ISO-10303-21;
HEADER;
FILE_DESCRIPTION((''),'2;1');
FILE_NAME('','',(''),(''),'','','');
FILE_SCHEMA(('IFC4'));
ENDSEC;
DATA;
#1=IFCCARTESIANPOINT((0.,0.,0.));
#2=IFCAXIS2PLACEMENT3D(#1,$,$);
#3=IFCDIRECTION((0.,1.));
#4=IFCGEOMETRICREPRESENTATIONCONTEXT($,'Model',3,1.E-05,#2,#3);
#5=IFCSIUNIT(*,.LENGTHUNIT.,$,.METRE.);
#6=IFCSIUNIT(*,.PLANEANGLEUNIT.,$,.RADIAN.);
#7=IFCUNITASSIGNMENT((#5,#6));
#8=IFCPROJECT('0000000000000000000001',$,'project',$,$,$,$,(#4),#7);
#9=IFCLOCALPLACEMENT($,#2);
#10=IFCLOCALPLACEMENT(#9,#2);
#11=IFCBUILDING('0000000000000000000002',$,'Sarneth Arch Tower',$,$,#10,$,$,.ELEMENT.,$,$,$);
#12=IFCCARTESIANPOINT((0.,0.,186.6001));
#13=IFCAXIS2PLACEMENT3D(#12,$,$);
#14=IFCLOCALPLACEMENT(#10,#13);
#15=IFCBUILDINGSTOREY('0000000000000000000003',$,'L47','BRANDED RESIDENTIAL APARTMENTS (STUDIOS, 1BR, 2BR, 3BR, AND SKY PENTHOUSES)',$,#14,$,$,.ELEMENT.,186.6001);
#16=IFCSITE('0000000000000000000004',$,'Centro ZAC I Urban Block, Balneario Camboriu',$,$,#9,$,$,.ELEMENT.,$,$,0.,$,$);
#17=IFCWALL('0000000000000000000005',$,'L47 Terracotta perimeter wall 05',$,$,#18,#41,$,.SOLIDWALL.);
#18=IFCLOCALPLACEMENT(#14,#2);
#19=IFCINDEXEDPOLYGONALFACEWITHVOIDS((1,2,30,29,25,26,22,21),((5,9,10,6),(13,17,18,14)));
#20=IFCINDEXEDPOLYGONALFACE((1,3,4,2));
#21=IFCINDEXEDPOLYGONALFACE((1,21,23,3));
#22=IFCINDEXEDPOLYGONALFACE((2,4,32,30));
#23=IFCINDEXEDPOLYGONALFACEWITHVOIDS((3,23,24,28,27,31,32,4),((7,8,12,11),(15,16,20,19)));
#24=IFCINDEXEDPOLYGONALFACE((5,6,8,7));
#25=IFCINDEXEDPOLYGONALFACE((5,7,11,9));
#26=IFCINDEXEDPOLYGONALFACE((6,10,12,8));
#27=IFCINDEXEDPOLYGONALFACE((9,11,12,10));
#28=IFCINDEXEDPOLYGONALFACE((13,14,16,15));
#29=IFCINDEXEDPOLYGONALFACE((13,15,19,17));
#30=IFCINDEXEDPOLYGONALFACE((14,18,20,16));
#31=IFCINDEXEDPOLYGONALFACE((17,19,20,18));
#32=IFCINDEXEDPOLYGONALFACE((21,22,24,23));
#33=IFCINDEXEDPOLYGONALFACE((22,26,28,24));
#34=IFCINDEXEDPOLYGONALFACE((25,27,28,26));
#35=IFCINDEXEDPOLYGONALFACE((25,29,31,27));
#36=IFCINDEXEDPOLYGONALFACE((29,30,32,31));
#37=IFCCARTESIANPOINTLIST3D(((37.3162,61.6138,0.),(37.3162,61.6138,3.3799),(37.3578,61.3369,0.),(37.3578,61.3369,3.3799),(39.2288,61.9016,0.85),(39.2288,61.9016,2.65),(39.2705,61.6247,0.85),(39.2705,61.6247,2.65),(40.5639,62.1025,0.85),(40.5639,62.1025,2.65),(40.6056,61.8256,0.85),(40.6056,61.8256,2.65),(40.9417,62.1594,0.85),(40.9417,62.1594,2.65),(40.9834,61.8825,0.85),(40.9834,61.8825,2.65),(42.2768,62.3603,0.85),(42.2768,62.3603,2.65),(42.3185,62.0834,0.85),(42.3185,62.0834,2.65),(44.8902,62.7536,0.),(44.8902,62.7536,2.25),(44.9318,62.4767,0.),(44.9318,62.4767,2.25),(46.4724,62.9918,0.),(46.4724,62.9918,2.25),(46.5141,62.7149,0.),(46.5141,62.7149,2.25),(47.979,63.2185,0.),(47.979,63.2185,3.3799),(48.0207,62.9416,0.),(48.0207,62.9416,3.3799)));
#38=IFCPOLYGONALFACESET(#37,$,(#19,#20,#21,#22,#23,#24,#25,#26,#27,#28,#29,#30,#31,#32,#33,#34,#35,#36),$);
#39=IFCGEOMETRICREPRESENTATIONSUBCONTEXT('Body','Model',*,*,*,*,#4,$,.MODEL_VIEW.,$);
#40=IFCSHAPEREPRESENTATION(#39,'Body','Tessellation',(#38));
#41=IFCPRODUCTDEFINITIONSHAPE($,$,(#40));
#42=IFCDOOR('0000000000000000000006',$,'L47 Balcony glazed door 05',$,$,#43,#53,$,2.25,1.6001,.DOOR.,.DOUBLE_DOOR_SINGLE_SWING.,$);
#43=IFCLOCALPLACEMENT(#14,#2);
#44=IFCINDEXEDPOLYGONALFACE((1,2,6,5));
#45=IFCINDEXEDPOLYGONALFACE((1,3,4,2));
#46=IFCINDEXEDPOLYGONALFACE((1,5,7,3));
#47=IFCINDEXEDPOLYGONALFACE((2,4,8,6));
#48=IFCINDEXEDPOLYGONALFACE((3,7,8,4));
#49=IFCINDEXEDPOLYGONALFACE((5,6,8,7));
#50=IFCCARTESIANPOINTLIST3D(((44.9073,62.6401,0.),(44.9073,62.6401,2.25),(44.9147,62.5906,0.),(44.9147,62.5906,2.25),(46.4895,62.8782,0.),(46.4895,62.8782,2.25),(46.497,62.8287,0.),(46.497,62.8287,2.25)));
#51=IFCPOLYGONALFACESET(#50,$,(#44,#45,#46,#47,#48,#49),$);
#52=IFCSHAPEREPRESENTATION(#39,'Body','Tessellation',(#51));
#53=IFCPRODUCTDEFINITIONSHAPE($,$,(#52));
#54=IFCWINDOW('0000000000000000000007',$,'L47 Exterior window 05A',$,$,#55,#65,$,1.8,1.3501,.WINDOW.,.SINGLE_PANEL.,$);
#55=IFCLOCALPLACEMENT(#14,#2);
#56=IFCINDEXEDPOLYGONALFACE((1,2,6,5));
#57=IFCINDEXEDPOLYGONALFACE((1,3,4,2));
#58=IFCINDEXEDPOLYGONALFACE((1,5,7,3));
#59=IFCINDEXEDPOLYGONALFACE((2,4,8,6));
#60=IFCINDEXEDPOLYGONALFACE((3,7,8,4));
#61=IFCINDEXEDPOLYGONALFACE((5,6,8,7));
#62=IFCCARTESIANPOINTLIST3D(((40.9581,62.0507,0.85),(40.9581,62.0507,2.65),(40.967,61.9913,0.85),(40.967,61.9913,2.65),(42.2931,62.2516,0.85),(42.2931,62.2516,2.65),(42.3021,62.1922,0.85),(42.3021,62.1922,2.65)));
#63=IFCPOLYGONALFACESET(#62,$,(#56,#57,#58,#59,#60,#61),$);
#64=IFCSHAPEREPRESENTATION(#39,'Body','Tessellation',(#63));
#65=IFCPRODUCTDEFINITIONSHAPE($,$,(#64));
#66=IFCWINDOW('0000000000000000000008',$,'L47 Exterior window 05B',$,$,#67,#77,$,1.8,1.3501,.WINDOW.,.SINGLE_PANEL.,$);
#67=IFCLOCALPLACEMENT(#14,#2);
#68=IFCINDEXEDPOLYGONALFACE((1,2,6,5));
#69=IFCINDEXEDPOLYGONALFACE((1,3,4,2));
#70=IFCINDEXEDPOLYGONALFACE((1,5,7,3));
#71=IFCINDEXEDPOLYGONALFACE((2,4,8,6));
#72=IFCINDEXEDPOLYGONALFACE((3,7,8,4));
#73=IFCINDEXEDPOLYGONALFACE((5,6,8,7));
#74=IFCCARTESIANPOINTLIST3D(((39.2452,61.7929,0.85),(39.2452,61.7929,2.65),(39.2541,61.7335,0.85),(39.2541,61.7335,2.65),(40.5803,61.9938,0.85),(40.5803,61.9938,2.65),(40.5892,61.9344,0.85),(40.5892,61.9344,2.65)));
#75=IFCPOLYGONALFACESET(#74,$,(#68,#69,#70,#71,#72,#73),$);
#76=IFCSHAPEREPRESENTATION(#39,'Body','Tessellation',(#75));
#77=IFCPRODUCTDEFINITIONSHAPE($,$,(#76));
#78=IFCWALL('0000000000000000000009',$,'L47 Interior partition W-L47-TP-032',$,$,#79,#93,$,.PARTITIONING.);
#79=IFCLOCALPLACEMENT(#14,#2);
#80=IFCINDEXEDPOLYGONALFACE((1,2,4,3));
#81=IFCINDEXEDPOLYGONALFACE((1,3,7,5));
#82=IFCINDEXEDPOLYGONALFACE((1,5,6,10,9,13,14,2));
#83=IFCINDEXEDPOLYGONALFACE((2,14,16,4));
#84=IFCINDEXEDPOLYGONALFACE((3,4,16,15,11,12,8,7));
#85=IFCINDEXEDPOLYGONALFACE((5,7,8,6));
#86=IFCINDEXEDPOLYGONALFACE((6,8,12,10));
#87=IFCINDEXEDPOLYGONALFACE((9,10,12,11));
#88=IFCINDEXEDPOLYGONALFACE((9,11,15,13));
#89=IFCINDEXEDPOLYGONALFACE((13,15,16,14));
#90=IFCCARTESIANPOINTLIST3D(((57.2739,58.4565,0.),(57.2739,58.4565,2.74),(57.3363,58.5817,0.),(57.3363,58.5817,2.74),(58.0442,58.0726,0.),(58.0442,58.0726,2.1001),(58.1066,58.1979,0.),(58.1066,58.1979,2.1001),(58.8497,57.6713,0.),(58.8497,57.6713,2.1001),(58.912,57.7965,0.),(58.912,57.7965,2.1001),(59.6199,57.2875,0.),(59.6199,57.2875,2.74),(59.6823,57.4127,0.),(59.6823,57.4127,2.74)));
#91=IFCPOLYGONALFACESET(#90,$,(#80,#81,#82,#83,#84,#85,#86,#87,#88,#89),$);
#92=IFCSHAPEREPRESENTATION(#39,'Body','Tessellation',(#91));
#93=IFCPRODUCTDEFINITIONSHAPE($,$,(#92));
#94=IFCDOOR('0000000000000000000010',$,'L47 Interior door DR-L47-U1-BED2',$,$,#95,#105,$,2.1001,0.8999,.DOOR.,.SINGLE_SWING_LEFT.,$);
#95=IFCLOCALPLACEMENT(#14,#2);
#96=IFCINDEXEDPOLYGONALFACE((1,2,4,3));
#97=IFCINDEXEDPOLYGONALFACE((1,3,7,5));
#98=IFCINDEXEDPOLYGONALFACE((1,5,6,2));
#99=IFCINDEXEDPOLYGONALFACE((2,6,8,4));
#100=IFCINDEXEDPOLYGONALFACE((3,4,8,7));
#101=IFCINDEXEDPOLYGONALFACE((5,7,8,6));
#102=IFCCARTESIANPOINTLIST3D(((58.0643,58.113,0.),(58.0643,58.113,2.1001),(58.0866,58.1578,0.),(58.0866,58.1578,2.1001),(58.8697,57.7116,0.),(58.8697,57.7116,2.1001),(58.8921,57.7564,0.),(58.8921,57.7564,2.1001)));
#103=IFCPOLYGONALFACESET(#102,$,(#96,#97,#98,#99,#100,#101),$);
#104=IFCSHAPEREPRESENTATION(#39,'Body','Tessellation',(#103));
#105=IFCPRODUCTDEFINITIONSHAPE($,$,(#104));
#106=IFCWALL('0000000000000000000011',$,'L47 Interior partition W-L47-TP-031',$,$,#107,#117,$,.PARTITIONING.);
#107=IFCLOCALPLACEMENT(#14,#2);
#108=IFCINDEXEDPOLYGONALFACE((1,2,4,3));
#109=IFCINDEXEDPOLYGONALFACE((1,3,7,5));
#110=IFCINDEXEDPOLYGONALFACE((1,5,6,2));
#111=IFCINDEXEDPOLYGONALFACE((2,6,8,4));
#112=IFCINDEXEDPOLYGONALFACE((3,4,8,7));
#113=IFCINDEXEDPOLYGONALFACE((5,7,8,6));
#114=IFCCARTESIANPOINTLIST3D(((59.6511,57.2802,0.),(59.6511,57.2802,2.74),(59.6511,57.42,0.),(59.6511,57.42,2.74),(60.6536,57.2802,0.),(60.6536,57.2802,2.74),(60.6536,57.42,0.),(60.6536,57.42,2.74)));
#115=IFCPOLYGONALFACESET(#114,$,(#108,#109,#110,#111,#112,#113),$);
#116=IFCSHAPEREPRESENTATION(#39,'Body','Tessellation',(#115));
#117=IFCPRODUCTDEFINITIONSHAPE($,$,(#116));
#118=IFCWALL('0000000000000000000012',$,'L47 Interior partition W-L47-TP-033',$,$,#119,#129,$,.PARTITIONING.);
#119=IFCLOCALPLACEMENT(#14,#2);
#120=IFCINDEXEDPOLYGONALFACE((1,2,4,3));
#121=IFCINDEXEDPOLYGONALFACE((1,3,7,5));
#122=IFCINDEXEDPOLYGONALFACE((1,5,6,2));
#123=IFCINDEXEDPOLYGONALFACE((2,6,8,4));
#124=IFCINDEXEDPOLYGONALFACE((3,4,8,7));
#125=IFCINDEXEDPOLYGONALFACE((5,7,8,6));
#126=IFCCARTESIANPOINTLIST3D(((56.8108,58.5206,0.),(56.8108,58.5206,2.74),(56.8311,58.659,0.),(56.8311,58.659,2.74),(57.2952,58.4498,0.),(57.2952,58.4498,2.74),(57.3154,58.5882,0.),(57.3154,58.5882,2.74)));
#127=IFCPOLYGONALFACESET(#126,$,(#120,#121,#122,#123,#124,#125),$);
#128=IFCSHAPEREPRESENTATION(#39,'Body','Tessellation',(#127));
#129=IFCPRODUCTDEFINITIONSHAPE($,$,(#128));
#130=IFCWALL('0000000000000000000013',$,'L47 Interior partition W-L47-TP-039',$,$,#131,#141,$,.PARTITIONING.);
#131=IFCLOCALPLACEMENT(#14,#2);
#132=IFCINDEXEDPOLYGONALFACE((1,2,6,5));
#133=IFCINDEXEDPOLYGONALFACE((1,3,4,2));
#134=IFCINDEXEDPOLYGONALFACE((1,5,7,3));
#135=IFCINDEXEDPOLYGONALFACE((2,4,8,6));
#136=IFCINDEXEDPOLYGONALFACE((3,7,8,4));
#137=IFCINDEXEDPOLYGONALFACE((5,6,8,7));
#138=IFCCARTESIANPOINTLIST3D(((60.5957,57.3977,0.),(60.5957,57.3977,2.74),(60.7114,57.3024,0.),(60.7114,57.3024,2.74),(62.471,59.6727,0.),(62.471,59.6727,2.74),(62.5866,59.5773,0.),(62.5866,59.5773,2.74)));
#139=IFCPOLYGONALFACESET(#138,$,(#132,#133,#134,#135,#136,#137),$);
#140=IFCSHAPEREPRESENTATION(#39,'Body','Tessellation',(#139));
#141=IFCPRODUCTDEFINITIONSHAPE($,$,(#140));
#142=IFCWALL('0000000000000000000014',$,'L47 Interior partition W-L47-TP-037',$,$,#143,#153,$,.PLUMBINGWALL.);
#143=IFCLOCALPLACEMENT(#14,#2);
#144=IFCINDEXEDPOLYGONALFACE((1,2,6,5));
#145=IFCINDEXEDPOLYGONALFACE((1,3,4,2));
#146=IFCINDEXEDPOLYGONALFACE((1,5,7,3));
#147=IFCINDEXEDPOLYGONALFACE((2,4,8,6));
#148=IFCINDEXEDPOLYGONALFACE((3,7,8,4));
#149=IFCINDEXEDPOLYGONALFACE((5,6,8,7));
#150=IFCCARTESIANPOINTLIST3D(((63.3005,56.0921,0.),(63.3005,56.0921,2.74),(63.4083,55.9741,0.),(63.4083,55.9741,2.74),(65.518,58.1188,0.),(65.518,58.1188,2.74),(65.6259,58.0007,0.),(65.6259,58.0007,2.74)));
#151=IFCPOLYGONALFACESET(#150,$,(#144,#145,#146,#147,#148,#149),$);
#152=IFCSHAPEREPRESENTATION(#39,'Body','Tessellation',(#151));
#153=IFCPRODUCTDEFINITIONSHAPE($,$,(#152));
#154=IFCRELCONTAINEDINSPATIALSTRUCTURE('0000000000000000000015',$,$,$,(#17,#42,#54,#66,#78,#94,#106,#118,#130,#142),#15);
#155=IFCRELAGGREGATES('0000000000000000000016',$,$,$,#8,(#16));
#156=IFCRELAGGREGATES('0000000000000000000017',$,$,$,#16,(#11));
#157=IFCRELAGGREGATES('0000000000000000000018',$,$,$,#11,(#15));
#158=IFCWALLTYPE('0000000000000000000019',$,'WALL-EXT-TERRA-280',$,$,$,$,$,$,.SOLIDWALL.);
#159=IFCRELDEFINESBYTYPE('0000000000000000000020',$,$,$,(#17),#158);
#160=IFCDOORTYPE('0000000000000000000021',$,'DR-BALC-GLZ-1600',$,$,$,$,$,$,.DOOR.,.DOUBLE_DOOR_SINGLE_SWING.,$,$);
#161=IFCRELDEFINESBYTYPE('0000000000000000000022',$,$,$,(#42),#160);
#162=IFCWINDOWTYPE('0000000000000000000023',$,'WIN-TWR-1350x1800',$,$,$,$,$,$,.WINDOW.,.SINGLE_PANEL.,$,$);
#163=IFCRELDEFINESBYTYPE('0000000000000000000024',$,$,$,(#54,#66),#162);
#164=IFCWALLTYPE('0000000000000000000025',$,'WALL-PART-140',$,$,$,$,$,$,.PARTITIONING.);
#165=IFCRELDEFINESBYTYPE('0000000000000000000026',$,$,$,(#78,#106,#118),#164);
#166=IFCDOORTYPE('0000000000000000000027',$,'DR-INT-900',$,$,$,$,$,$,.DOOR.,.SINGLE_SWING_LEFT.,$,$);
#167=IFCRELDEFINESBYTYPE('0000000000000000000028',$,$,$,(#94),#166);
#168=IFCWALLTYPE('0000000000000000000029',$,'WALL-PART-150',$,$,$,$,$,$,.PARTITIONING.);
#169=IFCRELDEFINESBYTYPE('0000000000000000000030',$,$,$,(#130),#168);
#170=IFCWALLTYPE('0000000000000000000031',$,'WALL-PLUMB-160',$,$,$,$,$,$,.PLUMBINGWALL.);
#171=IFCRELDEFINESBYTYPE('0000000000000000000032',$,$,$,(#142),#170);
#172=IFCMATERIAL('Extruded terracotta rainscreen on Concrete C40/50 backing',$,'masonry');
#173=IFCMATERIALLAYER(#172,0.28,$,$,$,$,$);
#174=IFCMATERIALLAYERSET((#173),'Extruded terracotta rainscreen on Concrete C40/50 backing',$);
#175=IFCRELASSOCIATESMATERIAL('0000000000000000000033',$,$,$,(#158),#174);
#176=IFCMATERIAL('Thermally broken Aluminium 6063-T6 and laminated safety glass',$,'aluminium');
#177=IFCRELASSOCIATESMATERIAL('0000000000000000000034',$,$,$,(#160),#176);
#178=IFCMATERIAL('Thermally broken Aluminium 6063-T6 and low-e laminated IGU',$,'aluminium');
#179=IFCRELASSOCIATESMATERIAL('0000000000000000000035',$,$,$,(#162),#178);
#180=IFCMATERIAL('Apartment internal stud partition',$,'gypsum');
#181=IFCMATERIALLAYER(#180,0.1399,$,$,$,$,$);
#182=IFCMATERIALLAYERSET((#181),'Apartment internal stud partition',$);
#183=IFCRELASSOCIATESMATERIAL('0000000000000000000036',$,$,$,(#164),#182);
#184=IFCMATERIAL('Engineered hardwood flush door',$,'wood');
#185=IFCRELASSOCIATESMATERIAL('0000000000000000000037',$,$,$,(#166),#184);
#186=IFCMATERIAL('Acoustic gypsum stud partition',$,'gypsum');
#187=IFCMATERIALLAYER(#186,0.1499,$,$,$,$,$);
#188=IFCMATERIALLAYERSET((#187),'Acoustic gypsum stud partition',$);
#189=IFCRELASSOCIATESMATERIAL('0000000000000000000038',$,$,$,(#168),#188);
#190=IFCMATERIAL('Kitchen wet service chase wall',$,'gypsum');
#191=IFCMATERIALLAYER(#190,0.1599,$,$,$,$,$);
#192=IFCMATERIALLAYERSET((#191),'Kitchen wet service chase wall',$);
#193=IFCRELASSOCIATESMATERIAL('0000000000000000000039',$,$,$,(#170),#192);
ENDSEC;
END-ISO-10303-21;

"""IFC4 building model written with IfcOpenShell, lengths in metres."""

from ifc_helpers import new_model, si_unit, direction, frame, frame_2d, origin, place, context, subcontext, project, spatial, rectangle, extrude, material, layer, layer_set, type_object, element, fill, save


model = new_model("IFC4")

# Units and contexts
model_context = context("Model", 3, precision=1e-05, world=origin(), true_north=direction((0.0, 1.0)))
body_context = subcontext(model_context, "Body", "Model", "MODEL_VIEW")
ifc_project = project(units=[si_unit("LENGTHUNIT", "METRE"), si_unit("PLANEANGLEUNIT", "RADIAN")], contexts=[model_context])

# Site, building, storey
site_placement = place(None, origin())
site = spatial("IfcSite", under=ifc_project, at=site_placement, Name="Centro ZAC I Urban Block, Balneario Camboriu", CompositionType="ELEMENT", RefElevation=0.0)
building_placement = place(site_placement, origin())
building = spatial("IfcBuilding", under=site, at=building_placement, Name="Sarneth Arch Tower", CompositionType="ELEMENT")
storey_placement = place(building_placement, frame((0.0, 0.0, 186.6001)))
storey = spatial("IfcBuildingStorey", under=building, at=storey_placement, Name="L47", Description="BRANDED RESIDENTIAL APARTMENTS (STUDIOS, 1BR, 2BR, 3BR, AND SKY PENTHOUSES)", CompositionType="ELEMENT", Elevation=186.6001)

# Wall, openings, door, windows
ifc_material_1 = material(Name="Extruded terracotta rainscreen on Concrete C40/50 backing", Category="masonry")
ifc_layer_1 = layer(ifc_material_1, 0.28)
ifc_layer_set_1 = layer_set([ifc_layer_1], Name="Extruded terracotta rainscreen on Concrete C40/50 backing")
wall_type_1 = type_object("IfcWallType", Name="WALL-EXT-TERRA-280", PredefinedType="SOLIDWALL", material=ifc_layer_set_1)
wall_1_placement = place(storey_placement, frame((48.0, 63.0801, 0.0), z_axis=(0.0, 0.0, 1.0), x_axis=(-0.988864, -0.148822, 0.0)))
wall_1 = element("IfcWall", 1, at=wall_1_placement, inside=storey, type_object=wall_type_1, Name="L47 Terracotta perimeter wall 05", PredefinedType="SOLIDWALL", context=body_context, shape_type="SweptSolid", body=[
    extrude(rectangle(XDim=10.783, YDim=0.28, at=frame_2d((5.3916, 0.0))), origin(), (0.0, 0.0, 1.0), 3.3799),
])
opening_1_placement = place(wall_1_placement, frame((1.5237, 0.0, 0.0)))
opening_1 = element("IfcOpeningElement", 2, at=opening_1_placement, cuts=wall_1, PredefinedType="OPENING", context=body_context, shape_type="SweptSolid", body=[
    extrude(rectangle(XDim=1.6001, YDim=2.25, at=frame_2d((0.8, 1.125))), frame((0.0, 0.1499, 0.0), z_axis=(0.0, -1.0, 0.0), x_axis=(1.0, 0.0, 0.0)), (0.0, 0.0, 1.0), 0.3),
])
opening_2_placement = place(wall_1_placement, frame((5.7666, 0.0, 0.8501)))
opening_2 = element("IfcOpeningElement", 3, at=opening_2_placement, cuts=wall_1, PredefinedType="OPENING", context=body_context, shape_type="SweptSolid", body=[
    extrude(rectangle(XDim=1.3501, YDim=1.8, at=frame_2d((0.675, 0.8999))), frame((0.0, 0.1499, 0.0), z_axis=(0.0, -1.0, 0.0), x_axis=(1.0, 0.0, 0.0)), (0.0, 0.0, 1.0), 0.3),
])
opening_3_placement = place(wall_1_placement, frame((7.4988, 0.0, 0.8501)))
opening_3 = element("IfcOpeningElement", 4, at=opening_3_placement, cuts=wall_1, PredefinedType="OPENING", context=body_context, shape_type="SweptSolid", body=[
    extrude(rectangle(XDim=1.3501, YDim=1.8, at=frame_2d((0.675, 0.8999))), frame((0.0, 0.1499, 0.0), z_axis=(0.0, -1.0, 0.0), x_axis=(1.0, 0.0, 0.0)), (0.0, 0.0, 1.0), 0.3),
])
ifc_material_2 = material(Name="Thermally broken Aluminium 6063-T6 and laminated safety glass", Category="aluminium")
door_type_1 = type_object("IfcDoorType", Name="DR-BALC-GLZ-1600", OperationType="DOUBLE_DOOR_SINGLE_SWING", PredefinedType="DOOR", material=ifc_material_2)
door_1_placement = place(opening_1_placement, origin())
door_1 = element("IfcDoor", 5, at=door_1_placement, inside=storey, type_object=door_type_1, Name="L47 Balcony glazed door 05", OperationType="DOUBLE_DOOR_SINGLE_SWING", OverallHeight=2.25, OverallWidth=1.6001, PredefinedType="DOOR", context=body_context, shape_type="SweptSolid", body=[
    extrude(rectangle(XDim=1.6001, YDim=2.25, at=frame_2d((0.8, 1.125))), frame((0.0, 0.0249, 0.0), z_axis=(0.0, -1.0, 0.0), x_axis=(1.0, 0.0, 0.0)), (0.0, 0.0, 1.0), 0.05),
])
fill(opening_1, door_1)
ifc_material_3 = material(Name="Thermally broken Aluminium 6063-T6 and low-e laminated IGU", Category="aluminium")
window_type = type_object("IfcWindowType", Name="WIN-TWR-1350x1800", PartitioningType="SINGLE_PANEL", PredefinedType="WINDOW", material=ifc_material_3)
window_1_placement = place(opening_2_placement, origin())
window_1 = element("IfcWindow", 6, at=window_1_placement, inside=storey, type_object=window_type, Name="L47 Exterior window 05A", OverallHeight=1.8, OverallWidth=1.3501, PartitioningType="SINGLE_PANEL", PredefinedType="WINDOW", context=body_context, shape_type="SweptSolid", body=[
    extrude(rectangle(XDim=1.3501, YDim=1.8, at=frame_2d((0.675, 0.8999))), frame((0.0, 0.03, 0.0), z_axis=(0.0, -1.0, 0.0), x_axis=(1.0, 0.0, 0.0)), (0.0, 0.0, 1.0), 0.0601),
])
fill(opening_2, window_1)
window_2_placement = place(opening_3_placement, origin())
window_2 = element("IfcWindow", 7, at=window_2_placement, inside=storey, type_object=window_type, Name="L47 Exterior window 05B", OverallHeight=1.8, OverallWidth=1.3501, PartitioningType="SINGLE_PANEL", PredefinedType="WINDOW", context=body_context, shape_type="SweptSolid", body=[
    extrude(rectangle(XDim=1.3501, YDim=1.8, at=frame_2d((0.675, 0.8999))), frame((0.0, 0.03, 0.0), z_axis=(0.0, -1.0, 0.0), x_axis=(1.0, 0.0, 0.0)), (0.0, 0.0, 1.0), 0.0601),
])
fill(opening_3, window_2)

# Wall, opening, door
ifc_material_4 = material(Name="Apartment internal stud partition", Category="gypsum")
ifc_layer_2 = layer(ifc_material_4, 0.1399)
ifc_layer_set_2 = layer_set([ifc_layer_2], Name="Apartment internal stud partition")
wall_type_2 = type_object("IfcWallType", Name="WALL-PART-140", PredefinedType="PARTITIONING", material=ifc_layer_set_2)
wall_2_placement = place(storey_placement, frame((59.6511, 57.3501, 0.0), z_axis=(0.0, 0.0, 1.0), x_axis=(-0.895041, 0.445984, 0.0)))
wall_2 = element("IfcWall", 8, at=wall_2_placement, inside=storey, type_object=wall_type_2, Name="L47 Interior partition W-L47-TP-032", PredefinedType="PARTITIONING", context=body_context, shape_type="SweptSolid", body=[
    extrude(rectangle(XDim=2.6211, YDim=0.1399, at=frame_2d((1.3105, 0.0))), origin(), (0.0, 0.0, 1.0), 2.74),
])
opening_4_placement = place(wall_2_placement, frame((0.8606, 0.0, 0.0)))
opening_4 = element("IfcOpeningElement", 9, at=opening_4_placement, cuts=wall_2, PredefinedType="OPENING", context=body_context, shape_type="SweptSolid", body=[
    extrude(rectangle(XDim=0.8999, YDim=2.1001, at=frame_2d((0.45, 1.05))), frame((0.0, 0.0798, 0.0), z_axis=(0.0, -1.0, 0.0), x_axis=(1.0, 0.0, 0.0)), (0.0, 0.0, 1.0), 0.1599),
])
ifc_material_5 = material(Name="Engineered hardwood flush door", Category="wood")
door_type_2 = type_object("IfcDoorType", Name="DR-INT-900", OperationType="SINGLE_SWING_LEFT", PredefinedType="DOOR", material=ifc_material_5)
door_2_placement = place(opening_4_placement, origin())
door_2 = element("IfcDoor", 10, at=door_2_placement, inside=storey, type_object=door_type_2, Name="L47 Interior door DR-L47-U1-BED2", OperationType="SINGLE_SWING_LEFT", OverallHeight=2.1001, OverallWidth=0.8999, PredefinedType="DOOR", context=body_context, shape_type="SweptSolid", body=[
    extrude(rectangle(XDim=0.8999, YDim=2.1001, at=frame_2d((0.45, 1.05))), frame((0.0, 0.0249, 0.0), z_axis=(0.0, -1.0, 0.0), x_axis=(1.0, 0.0, 0.0)), (0.0, 0.0, 1.0), 0.05),
])
fill(opening_4, door_2)

# Walls
wall_3_placement = place(storey_placement, frame((60.6536, 57.3501, 0.0), z_axis=(0.0, 0.0, 1.0), x_axis=(-1.0, 0.0, 0.0)))
element("IfcWall", 11, at=wall_3_placement, inside=storey, type_object=wall_type_2, Name="L47 Interior partition W-L47-TP-031", PredefinedType="PARTITIONING", context=body_context, shape_type="SweptSolid", body=[
    extrude(rectangle(XDim=1.0024, YDim=0.1399, at=frame_2d((0.5012, 0.0))), origin(), (0.0, 0.0, 1.0), 2.74),
])
wall_4_placement = place(storey_placement, frame((57.3052, 58.519, 0.0), z_axis=(0.0, 0.0, 1.0), x_axis=(-0.989485, 0.144632, 0.0)))
element("IfcWall", 12, at=wall_4_placement, inside=storey, type_object=wall_type_2, Name="L47 Interior partition W-L47-TP-033", PredefinedType="PARTITIONING", context=body_context, shape_type="SweptSolid", body=[
    extrude(rectangle(XDim=0.4895, YDim=0.1399, at=frame_2d((0.2446, 0.0))), origin(), (0.0, 0.0, 1.0), 2.74),
])
ifc_material_6 = material(Name="Acoustic gypsum stud partition", Category="gypsum")
ifc_layer_3 = layer(ifc_material_6, 0.1499)
ifc_layer_set_3 = layer_set([ifc_layer_3], Name="Acoustic gypsum stud partition")
wall_type_3 = type_object("IfcWallType", Name="WALL-PART-150", PredefinedType="PARTITIONING", material=ifc_layer_set_3)
wall_5_placement = place(storey_placement, frame((62.5288, 59.625, 0.0), z_axis=(0.0, 0.0, 1.0), x_axis=(-0.63607, -0.771631, 0.0)))
element("IfcWall", 13, at=wall_5_placement, inside=storey, type_object=wall_type_3, Name="L47 Interior partition W-L47-TP-039", PredefinedType="PARTITIONING", context=body_context, shape_type="SweptSolid", body=[
    extrude(rectangle(XDim=2.9482, YDim=0.1499, at=frame_2d((1.4741, 0.0))), origin(), (0.0, 0.0, 1.0), 2.74),
])
ifc_material_7 = material(Name="Kitchen wet service chase wall", Category="gypsum")
ifc_layer_4 = layer(ifc_material_7, 0.1599)
ifc_layer_set_4 = layer_set([ifc_layer_4], Name="Kitchen wet service chase wall")
wall_type_4 = type_object("IfcWallType", Name="WALL-PLUMB-160", PredefinedType="PLUMBINGWALL", material=ifc_layer_set_4)
wall_6_placement = place(storey_placement, frame((63.3545, 56.0332, 0.0), z_axis=(0.0, 0.0, 1.0), x_axis=(0.738169, 0.674616, 0.0)))
element("IfcWall", 14, at=wall_6_placement, inside=storey, type_object=wall_type_4, Name="L47 Interior partition W-L47-TP-037", PredefinedType="PLUMBINGWALL", context=body_context, shape_type="SweptSolid", body=[
    extrude(rectangle(XDim=3.0042, YDim=0.1599, at=frame_2d((1.502, 0.0))), origin(), (0.0, 0.0, 1.0), 2.74),
])

save(model, "model.ifc")
